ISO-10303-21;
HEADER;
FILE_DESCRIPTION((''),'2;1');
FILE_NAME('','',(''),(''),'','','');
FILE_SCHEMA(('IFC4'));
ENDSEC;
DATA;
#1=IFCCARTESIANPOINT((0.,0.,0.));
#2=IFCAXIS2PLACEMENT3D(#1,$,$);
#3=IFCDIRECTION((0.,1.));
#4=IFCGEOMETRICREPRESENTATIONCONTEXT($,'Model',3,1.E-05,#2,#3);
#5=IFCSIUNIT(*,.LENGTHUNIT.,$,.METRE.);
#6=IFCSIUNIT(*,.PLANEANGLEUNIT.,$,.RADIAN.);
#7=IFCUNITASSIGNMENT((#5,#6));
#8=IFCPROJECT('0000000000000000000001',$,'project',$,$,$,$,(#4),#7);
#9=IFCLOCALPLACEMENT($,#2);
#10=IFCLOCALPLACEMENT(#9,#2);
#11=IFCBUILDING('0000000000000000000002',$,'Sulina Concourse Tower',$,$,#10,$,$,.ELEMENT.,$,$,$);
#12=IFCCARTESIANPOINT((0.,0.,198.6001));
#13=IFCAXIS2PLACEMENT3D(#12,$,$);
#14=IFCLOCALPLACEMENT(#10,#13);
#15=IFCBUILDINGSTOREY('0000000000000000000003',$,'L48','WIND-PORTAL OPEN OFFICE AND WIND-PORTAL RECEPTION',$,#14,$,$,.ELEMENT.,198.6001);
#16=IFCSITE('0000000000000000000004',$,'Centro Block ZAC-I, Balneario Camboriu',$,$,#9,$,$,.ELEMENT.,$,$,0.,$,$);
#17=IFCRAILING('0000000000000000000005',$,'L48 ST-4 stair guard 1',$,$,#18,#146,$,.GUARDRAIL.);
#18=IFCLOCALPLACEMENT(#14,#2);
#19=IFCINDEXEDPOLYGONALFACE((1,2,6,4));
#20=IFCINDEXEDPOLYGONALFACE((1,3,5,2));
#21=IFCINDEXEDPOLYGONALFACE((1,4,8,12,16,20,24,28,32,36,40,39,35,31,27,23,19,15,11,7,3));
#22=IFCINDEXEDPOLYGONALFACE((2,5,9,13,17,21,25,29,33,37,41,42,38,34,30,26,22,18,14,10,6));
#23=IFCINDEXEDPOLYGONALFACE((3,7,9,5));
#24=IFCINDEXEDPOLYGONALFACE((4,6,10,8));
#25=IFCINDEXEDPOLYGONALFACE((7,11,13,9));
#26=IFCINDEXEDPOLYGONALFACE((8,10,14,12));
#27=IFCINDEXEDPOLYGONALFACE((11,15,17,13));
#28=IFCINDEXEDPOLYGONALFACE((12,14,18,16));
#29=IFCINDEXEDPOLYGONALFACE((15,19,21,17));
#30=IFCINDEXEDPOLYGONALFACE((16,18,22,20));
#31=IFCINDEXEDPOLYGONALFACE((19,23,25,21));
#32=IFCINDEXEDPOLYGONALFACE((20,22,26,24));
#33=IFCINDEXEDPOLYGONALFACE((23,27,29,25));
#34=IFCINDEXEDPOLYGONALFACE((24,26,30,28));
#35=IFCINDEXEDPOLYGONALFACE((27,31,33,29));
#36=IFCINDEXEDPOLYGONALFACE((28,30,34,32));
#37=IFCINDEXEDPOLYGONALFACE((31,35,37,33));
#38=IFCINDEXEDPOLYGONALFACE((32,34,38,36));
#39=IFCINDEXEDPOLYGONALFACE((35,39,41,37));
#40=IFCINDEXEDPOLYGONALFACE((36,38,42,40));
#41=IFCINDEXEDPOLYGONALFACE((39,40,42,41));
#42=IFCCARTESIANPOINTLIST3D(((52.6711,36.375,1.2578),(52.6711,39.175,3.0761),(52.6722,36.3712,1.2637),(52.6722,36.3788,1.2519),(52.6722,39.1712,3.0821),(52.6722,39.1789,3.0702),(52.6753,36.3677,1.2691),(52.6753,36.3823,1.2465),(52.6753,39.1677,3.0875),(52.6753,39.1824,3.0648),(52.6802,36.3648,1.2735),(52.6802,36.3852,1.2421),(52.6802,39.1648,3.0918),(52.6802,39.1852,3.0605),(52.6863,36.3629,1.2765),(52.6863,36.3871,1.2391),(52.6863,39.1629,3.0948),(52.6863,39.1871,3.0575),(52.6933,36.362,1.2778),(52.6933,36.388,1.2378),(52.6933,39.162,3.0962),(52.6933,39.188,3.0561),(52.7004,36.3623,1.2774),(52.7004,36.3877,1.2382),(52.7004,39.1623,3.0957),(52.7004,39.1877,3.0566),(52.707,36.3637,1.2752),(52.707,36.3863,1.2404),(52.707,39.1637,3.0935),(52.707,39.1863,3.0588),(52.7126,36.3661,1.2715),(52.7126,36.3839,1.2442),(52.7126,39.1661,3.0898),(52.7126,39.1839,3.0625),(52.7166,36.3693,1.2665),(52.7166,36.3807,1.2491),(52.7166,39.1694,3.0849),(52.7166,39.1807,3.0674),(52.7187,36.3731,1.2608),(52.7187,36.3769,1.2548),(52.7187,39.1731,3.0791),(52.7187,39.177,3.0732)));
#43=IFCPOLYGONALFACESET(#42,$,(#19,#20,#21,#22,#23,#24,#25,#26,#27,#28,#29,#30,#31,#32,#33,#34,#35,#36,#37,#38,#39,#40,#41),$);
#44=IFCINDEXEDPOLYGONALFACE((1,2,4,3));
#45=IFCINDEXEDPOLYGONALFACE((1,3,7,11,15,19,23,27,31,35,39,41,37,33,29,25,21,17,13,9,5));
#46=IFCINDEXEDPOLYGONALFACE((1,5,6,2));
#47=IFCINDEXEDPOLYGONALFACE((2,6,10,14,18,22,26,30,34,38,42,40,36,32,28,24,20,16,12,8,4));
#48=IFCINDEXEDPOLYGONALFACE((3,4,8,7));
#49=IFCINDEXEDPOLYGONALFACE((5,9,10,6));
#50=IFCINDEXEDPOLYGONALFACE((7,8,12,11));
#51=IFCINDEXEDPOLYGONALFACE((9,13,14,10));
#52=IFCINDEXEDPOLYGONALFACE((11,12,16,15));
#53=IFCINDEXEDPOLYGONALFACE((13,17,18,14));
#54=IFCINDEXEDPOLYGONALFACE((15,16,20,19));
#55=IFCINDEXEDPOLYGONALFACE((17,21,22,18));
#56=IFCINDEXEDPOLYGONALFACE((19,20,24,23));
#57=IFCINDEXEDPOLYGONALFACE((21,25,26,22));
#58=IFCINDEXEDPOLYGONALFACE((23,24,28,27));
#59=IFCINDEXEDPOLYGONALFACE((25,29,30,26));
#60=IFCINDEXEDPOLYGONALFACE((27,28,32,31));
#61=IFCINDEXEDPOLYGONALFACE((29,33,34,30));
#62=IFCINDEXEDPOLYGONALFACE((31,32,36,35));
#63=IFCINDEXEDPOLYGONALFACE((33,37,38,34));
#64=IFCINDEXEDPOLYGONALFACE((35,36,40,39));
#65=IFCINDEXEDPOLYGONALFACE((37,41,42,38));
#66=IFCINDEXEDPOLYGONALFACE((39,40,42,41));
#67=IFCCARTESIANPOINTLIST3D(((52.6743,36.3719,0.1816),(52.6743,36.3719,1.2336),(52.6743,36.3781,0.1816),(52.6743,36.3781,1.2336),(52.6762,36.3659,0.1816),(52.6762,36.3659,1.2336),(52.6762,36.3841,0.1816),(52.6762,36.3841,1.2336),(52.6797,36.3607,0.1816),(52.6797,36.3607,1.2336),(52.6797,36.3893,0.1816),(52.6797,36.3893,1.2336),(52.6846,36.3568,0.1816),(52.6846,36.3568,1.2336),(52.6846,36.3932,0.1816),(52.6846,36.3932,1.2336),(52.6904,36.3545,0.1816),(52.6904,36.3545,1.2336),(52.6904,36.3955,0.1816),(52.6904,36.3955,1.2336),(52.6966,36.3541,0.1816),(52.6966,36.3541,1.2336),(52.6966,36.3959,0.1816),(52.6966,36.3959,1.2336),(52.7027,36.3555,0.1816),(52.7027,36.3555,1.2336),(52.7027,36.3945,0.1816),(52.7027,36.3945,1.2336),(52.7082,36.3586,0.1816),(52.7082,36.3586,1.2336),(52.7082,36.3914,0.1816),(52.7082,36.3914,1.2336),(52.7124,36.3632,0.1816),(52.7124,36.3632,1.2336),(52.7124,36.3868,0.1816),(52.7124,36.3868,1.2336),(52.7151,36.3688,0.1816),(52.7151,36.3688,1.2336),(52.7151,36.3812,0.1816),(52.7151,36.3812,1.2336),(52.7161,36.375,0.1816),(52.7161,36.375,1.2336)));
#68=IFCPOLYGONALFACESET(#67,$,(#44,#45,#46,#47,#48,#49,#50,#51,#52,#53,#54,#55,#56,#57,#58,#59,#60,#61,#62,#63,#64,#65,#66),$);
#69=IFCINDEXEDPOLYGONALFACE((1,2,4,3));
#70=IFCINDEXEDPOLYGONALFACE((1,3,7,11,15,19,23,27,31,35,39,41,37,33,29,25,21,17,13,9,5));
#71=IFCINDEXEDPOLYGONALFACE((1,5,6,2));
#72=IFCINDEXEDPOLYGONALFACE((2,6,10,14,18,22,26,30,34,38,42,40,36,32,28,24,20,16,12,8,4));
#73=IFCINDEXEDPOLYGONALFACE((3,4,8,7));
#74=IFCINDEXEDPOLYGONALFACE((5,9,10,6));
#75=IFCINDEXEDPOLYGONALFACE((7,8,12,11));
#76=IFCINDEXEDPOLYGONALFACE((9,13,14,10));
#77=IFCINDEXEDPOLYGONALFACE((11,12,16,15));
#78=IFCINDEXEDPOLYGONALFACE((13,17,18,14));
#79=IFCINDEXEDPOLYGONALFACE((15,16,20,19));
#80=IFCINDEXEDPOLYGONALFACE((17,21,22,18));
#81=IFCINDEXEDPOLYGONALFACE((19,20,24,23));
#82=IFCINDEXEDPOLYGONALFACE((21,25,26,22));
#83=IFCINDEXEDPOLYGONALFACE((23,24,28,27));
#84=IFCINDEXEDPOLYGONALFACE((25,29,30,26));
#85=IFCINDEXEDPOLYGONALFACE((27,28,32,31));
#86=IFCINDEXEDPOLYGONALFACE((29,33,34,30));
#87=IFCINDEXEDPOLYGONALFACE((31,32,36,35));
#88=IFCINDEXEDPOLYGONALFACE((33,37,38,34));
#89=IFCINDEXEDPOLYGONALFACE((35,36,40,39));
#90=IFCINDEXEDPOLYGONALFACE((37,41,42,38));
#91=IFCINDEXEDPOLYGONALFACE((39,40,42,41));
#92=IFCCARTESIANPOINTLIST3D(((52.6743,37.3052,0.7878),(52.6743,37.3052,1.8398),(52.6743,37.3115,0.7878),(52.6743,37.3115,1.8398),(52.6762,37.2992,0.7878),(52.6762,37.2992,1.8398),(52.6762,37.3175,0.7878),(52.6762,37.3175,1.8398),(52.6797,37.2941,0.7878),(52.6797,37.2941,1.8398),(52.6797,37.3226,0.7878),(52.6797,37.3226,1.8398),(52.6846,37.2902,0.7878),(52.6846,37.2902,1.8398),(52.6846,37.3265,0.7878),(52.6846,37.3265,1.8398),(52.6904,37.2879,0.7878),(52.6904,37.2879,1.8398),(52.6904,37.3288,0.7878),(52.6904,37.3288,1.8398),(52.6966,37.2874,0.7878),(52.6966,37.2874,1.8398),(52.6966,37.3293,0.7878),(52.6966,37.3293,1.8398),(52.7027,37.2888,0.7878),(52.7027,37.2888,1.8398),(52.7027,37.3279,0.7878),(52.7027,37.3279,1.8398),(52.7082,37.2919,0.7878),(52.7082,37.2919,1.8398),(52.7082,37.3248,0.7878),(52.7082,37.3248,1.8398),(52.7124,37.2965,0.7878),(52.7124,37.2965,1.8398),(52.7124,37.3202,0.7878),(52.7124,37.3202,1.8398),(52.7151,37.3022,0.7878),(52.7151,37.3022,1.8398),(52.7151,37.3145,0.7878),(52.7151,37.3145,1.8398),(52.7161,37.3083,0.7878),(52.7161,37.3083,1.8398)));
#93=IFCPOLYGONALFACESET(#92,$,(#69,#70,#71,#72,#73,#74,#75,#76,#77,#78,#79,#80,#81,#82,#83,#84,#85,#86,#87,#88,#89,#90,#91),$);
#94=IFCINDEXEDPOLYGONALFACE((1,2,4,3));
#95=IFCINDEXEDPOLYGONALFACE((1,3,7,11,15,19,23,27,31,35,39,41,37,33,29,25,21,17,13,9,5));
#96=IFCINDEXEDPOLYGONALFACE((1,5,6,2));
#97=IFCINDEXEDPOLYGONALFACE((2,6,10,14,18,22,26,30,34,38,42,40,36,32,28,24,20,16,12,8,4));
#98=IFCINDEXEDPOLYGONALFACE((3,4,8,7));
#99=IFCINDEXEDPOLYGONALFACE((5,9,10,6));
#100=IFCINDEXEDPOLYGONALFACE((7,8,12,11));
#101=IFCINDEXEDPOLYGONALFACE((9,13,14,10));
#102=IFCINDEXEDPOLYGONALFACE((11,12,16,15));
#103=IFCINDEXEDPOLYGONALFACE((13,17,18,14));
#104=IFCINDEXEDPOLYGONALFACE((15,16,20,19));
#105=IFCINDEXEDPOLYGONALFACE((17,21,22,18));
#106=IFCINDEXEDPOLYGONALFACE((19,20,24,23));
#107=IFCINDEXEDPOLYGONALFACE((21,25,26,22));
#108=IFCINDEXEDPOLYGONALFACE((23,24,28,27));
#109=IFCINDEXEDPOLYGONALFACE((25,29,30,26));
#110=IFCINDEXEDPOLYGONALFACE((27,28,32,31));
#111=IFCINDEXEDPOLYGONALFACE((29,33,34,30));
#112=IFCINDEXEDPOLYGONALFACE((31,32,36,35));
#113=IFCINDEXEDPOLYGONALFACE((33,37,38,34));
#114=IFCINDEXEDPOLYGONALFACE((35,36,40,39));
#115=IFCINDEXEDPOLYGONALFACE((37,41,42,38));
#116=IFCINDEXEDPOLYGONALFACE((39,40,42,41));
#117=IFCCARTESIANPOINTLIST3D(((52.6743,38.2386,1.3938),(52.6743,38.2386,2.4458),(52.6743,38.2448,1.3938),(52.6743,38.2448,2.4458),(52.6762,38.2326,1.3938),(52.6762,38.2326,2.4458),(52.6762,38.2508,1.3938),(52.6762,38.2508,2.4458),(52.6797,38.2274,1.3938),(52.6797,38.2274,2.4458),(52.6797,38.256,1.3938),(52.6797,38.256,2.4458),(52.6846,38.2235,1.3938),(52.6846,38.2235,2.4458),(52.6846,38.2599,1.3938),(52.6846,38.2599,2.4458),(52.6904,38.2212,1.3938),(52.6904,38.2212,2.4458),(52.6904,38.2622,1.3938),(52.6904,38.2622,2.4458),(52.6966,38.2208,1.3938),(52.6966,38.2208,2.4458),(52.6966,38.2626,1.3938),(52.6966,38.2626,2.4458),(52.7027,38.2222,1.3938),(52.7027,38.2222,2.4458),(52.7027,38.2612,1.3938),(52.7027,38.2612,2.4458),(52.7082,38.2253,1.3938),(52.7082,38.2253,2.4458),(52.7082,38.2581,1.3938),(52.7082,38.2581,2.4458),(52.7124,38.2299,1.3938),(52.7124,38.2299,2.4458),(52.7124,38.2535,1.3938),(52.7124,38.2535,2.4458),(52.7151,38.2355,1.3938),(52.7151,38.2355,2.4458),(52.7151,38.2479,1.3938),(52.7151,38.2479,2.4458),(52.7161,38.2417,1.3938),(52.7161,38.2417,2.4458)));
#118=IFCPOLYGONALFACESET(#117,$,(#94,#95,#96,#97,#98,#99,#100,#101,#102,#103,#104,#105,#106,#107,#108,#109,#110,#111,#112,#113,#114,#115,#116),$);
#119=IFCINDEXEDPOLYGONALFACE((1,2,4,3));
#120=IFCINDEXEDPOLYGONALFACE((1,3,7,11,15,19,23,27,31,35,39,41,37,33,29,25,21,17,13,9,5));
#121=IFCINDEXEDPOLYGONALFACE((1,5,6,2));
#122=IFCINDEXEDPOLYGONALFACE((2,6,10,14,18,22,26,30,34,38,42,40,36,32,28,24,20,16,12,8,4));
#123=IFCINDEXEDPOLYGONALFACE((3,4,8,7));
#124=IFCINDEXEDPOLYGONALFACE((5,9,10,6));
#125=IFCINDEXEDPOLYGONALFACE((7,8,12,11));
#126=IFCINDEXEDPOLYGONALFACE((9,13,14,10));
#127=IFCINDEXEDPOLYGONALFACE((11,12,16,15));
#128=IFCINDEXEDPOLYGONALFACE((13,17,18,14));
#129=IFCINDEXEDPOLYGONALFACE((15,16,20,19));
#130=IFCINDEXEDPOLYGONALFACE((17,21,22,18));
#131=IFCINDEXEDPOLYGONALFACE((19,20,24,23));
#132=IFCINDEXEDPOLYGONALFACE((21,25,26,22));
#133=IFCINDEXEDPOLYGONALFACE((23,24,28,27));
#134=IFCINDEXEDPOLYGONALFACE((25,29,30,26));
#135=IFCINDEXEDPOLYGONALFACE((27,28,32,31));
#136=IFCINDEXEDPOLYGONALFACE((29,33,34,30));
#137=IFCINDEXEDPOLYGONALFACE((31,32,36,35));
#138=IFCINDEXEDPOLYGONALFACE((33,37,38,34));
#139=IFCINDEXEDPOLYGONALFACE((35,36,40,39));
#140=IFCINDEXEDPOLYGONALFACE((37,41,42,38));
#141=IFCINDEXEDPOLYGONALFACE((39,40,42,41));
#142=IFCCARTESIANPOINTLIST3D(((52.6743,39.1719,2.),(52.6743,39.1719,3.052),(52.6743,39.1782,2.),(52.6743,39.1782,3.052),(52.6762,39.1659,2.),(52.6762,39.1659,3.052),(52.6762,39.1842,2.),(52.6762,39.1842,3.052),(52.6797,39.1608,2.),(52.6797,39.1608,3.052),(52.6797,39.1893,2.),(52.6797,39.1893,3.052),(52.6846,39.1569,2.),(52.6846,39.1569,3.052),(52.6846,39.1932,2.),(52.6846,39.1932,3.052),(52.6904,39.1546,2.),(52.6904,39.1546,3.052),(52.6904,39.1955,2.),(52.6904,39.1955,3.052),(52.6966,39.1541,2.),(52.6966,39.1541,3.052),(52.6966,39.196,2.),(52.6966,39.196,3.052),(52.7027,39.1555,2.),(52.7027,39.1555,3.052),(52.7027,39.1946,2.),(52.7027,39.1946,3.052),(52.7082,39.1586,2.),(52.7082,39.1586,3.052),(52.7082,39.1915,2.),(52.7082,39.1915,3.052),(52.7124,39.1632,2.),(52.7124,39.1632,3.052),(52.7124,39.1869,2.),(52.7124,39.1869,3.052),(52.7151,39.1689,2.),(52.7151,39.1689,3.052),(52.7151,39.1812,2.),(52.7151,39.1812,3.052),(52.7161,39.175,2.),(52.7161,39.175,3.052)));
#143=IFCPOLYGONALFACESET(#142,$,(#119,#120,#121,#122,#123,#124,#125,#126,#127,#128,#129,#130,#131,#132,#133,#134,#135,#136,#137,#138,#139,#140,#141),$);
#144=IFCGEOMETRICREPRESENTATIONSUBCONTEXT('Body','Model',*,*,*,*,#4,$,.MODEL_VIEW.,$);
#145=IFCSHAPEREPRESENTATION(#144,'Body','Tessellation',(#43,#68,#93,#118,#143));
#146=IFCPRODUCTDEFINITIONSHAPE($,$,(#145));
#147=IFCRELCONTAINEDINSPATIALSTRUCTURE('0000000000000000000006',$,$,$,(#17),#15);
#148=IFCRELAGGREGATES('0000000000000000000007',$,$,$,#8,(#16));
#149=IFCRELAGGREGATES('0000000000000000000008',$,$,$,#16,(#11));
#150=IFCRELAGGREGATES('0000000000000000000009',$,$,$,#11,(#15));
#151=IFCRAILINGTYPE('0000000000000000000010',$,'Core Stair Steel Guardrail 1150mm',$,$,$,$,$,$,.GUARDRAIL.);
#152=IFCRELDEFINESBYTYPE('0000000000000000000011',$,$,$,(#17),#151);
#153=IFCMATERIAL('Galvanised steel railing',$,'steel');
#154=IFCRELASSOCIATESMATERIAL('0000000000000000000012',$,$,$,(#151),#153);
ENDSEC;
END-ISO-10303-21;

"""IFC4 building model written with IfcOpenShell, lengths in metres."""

from ifc_helpers import new_model, si_unit, direction, frame, origin, origin_2d, place, context, subcontext, project, spatial, circle, extrude, material, type_object, element, save


model = new_model("IFC4")

# Units and contexts
model_context = context("Model", 3, precision=1e-05, world=origin(), true_north=direction((0.0, 1.0)))
body_context = subcontext(model_context, "Body", "Model", "MODEL_VIEW")
ifc_project = project(units=[si_unit("LENGTHUNIT", "METRE"), si_unit("PLANEANGLEUNIT", "RADIAN")], contexts=[model_context])

# Site, building, storey
site_placement = place(None, origin())
site = spatial("IfcSite", under=ifc_project, at=site_placement, Name="Centro Block ZAC-I, Balneario Camboriu", CompositionType="ELEMENT", RefElevation=0.0)
building_placement = place(site_placement, origin())
building = spatial("IfcBuilding", under=site, at=building_placement, Name="Sulina Concourse Tower", CompositionType="ELEMENT")
storey_placement = place(building_placement, frame((0.0, 0.0, 198.6001)))
storey = spatial("IfcBuildingStorey", under=building, at=storey_placement, Name="L48", Description="WIND-PORTAL OPEN OFFICE AND WIND-PORTAL RECEPTION", CompositionType="ELEMENT", Elevation=198.6001)

# Railing
ifc_material_1 = material(Name="Galvanised steel railing", Category="steel")
railing_type_1 = type_object("IfcRailingType", Name="Core Stair Steel Guardrail 1150mm", PredefinedType="GUARDRAIL", material=ifc_material_1)
railing_1_placement = place(storey_placement, frame((52.6951, 36.375, 0.1816)))
element("IfcRailing", 1, at=railing_1_placement, inside=storey, type_object=railing_type_1, Name="L48 ST-4 stair guard 1", PredefinedType="GUARDRAIL", context=body_context, shape_type="SweptSolid", body=[
    extrude(circle(Radius=0.0239, at=origin_2d()), frame((0.0, 0.0, 1.0762), z_axis=(0.0, 0.838672, 0.544636), x_axis=(-1.0, 0.0, 0.0)), (0.0, 0.0, 1.0), 3.3386),
    extrude(circle(Radius=0.021, at=origin_2d()), origin(), (0.0, 0.0, 1.0), 1.052),
    extrude(circle(Radius=0.021, at=origin_2d()), frame((0.0, 0.9333, 0.6062)), (0.0, 0.0, 1.0), 1.052),
    extrude(circle(Radius=0.021, at=origin_2d()), frame((0.0, 1.8667, 1.2122)), (0.0, 0.0, 1.0), 1.052),
    extrude(circle(Radius=0.021, at=origin_2d()), frame((0.0, 2.8, 1.8184)), (0.0, 0.0, 1.0), 1.052),
])

save(model, "model.ifc")
